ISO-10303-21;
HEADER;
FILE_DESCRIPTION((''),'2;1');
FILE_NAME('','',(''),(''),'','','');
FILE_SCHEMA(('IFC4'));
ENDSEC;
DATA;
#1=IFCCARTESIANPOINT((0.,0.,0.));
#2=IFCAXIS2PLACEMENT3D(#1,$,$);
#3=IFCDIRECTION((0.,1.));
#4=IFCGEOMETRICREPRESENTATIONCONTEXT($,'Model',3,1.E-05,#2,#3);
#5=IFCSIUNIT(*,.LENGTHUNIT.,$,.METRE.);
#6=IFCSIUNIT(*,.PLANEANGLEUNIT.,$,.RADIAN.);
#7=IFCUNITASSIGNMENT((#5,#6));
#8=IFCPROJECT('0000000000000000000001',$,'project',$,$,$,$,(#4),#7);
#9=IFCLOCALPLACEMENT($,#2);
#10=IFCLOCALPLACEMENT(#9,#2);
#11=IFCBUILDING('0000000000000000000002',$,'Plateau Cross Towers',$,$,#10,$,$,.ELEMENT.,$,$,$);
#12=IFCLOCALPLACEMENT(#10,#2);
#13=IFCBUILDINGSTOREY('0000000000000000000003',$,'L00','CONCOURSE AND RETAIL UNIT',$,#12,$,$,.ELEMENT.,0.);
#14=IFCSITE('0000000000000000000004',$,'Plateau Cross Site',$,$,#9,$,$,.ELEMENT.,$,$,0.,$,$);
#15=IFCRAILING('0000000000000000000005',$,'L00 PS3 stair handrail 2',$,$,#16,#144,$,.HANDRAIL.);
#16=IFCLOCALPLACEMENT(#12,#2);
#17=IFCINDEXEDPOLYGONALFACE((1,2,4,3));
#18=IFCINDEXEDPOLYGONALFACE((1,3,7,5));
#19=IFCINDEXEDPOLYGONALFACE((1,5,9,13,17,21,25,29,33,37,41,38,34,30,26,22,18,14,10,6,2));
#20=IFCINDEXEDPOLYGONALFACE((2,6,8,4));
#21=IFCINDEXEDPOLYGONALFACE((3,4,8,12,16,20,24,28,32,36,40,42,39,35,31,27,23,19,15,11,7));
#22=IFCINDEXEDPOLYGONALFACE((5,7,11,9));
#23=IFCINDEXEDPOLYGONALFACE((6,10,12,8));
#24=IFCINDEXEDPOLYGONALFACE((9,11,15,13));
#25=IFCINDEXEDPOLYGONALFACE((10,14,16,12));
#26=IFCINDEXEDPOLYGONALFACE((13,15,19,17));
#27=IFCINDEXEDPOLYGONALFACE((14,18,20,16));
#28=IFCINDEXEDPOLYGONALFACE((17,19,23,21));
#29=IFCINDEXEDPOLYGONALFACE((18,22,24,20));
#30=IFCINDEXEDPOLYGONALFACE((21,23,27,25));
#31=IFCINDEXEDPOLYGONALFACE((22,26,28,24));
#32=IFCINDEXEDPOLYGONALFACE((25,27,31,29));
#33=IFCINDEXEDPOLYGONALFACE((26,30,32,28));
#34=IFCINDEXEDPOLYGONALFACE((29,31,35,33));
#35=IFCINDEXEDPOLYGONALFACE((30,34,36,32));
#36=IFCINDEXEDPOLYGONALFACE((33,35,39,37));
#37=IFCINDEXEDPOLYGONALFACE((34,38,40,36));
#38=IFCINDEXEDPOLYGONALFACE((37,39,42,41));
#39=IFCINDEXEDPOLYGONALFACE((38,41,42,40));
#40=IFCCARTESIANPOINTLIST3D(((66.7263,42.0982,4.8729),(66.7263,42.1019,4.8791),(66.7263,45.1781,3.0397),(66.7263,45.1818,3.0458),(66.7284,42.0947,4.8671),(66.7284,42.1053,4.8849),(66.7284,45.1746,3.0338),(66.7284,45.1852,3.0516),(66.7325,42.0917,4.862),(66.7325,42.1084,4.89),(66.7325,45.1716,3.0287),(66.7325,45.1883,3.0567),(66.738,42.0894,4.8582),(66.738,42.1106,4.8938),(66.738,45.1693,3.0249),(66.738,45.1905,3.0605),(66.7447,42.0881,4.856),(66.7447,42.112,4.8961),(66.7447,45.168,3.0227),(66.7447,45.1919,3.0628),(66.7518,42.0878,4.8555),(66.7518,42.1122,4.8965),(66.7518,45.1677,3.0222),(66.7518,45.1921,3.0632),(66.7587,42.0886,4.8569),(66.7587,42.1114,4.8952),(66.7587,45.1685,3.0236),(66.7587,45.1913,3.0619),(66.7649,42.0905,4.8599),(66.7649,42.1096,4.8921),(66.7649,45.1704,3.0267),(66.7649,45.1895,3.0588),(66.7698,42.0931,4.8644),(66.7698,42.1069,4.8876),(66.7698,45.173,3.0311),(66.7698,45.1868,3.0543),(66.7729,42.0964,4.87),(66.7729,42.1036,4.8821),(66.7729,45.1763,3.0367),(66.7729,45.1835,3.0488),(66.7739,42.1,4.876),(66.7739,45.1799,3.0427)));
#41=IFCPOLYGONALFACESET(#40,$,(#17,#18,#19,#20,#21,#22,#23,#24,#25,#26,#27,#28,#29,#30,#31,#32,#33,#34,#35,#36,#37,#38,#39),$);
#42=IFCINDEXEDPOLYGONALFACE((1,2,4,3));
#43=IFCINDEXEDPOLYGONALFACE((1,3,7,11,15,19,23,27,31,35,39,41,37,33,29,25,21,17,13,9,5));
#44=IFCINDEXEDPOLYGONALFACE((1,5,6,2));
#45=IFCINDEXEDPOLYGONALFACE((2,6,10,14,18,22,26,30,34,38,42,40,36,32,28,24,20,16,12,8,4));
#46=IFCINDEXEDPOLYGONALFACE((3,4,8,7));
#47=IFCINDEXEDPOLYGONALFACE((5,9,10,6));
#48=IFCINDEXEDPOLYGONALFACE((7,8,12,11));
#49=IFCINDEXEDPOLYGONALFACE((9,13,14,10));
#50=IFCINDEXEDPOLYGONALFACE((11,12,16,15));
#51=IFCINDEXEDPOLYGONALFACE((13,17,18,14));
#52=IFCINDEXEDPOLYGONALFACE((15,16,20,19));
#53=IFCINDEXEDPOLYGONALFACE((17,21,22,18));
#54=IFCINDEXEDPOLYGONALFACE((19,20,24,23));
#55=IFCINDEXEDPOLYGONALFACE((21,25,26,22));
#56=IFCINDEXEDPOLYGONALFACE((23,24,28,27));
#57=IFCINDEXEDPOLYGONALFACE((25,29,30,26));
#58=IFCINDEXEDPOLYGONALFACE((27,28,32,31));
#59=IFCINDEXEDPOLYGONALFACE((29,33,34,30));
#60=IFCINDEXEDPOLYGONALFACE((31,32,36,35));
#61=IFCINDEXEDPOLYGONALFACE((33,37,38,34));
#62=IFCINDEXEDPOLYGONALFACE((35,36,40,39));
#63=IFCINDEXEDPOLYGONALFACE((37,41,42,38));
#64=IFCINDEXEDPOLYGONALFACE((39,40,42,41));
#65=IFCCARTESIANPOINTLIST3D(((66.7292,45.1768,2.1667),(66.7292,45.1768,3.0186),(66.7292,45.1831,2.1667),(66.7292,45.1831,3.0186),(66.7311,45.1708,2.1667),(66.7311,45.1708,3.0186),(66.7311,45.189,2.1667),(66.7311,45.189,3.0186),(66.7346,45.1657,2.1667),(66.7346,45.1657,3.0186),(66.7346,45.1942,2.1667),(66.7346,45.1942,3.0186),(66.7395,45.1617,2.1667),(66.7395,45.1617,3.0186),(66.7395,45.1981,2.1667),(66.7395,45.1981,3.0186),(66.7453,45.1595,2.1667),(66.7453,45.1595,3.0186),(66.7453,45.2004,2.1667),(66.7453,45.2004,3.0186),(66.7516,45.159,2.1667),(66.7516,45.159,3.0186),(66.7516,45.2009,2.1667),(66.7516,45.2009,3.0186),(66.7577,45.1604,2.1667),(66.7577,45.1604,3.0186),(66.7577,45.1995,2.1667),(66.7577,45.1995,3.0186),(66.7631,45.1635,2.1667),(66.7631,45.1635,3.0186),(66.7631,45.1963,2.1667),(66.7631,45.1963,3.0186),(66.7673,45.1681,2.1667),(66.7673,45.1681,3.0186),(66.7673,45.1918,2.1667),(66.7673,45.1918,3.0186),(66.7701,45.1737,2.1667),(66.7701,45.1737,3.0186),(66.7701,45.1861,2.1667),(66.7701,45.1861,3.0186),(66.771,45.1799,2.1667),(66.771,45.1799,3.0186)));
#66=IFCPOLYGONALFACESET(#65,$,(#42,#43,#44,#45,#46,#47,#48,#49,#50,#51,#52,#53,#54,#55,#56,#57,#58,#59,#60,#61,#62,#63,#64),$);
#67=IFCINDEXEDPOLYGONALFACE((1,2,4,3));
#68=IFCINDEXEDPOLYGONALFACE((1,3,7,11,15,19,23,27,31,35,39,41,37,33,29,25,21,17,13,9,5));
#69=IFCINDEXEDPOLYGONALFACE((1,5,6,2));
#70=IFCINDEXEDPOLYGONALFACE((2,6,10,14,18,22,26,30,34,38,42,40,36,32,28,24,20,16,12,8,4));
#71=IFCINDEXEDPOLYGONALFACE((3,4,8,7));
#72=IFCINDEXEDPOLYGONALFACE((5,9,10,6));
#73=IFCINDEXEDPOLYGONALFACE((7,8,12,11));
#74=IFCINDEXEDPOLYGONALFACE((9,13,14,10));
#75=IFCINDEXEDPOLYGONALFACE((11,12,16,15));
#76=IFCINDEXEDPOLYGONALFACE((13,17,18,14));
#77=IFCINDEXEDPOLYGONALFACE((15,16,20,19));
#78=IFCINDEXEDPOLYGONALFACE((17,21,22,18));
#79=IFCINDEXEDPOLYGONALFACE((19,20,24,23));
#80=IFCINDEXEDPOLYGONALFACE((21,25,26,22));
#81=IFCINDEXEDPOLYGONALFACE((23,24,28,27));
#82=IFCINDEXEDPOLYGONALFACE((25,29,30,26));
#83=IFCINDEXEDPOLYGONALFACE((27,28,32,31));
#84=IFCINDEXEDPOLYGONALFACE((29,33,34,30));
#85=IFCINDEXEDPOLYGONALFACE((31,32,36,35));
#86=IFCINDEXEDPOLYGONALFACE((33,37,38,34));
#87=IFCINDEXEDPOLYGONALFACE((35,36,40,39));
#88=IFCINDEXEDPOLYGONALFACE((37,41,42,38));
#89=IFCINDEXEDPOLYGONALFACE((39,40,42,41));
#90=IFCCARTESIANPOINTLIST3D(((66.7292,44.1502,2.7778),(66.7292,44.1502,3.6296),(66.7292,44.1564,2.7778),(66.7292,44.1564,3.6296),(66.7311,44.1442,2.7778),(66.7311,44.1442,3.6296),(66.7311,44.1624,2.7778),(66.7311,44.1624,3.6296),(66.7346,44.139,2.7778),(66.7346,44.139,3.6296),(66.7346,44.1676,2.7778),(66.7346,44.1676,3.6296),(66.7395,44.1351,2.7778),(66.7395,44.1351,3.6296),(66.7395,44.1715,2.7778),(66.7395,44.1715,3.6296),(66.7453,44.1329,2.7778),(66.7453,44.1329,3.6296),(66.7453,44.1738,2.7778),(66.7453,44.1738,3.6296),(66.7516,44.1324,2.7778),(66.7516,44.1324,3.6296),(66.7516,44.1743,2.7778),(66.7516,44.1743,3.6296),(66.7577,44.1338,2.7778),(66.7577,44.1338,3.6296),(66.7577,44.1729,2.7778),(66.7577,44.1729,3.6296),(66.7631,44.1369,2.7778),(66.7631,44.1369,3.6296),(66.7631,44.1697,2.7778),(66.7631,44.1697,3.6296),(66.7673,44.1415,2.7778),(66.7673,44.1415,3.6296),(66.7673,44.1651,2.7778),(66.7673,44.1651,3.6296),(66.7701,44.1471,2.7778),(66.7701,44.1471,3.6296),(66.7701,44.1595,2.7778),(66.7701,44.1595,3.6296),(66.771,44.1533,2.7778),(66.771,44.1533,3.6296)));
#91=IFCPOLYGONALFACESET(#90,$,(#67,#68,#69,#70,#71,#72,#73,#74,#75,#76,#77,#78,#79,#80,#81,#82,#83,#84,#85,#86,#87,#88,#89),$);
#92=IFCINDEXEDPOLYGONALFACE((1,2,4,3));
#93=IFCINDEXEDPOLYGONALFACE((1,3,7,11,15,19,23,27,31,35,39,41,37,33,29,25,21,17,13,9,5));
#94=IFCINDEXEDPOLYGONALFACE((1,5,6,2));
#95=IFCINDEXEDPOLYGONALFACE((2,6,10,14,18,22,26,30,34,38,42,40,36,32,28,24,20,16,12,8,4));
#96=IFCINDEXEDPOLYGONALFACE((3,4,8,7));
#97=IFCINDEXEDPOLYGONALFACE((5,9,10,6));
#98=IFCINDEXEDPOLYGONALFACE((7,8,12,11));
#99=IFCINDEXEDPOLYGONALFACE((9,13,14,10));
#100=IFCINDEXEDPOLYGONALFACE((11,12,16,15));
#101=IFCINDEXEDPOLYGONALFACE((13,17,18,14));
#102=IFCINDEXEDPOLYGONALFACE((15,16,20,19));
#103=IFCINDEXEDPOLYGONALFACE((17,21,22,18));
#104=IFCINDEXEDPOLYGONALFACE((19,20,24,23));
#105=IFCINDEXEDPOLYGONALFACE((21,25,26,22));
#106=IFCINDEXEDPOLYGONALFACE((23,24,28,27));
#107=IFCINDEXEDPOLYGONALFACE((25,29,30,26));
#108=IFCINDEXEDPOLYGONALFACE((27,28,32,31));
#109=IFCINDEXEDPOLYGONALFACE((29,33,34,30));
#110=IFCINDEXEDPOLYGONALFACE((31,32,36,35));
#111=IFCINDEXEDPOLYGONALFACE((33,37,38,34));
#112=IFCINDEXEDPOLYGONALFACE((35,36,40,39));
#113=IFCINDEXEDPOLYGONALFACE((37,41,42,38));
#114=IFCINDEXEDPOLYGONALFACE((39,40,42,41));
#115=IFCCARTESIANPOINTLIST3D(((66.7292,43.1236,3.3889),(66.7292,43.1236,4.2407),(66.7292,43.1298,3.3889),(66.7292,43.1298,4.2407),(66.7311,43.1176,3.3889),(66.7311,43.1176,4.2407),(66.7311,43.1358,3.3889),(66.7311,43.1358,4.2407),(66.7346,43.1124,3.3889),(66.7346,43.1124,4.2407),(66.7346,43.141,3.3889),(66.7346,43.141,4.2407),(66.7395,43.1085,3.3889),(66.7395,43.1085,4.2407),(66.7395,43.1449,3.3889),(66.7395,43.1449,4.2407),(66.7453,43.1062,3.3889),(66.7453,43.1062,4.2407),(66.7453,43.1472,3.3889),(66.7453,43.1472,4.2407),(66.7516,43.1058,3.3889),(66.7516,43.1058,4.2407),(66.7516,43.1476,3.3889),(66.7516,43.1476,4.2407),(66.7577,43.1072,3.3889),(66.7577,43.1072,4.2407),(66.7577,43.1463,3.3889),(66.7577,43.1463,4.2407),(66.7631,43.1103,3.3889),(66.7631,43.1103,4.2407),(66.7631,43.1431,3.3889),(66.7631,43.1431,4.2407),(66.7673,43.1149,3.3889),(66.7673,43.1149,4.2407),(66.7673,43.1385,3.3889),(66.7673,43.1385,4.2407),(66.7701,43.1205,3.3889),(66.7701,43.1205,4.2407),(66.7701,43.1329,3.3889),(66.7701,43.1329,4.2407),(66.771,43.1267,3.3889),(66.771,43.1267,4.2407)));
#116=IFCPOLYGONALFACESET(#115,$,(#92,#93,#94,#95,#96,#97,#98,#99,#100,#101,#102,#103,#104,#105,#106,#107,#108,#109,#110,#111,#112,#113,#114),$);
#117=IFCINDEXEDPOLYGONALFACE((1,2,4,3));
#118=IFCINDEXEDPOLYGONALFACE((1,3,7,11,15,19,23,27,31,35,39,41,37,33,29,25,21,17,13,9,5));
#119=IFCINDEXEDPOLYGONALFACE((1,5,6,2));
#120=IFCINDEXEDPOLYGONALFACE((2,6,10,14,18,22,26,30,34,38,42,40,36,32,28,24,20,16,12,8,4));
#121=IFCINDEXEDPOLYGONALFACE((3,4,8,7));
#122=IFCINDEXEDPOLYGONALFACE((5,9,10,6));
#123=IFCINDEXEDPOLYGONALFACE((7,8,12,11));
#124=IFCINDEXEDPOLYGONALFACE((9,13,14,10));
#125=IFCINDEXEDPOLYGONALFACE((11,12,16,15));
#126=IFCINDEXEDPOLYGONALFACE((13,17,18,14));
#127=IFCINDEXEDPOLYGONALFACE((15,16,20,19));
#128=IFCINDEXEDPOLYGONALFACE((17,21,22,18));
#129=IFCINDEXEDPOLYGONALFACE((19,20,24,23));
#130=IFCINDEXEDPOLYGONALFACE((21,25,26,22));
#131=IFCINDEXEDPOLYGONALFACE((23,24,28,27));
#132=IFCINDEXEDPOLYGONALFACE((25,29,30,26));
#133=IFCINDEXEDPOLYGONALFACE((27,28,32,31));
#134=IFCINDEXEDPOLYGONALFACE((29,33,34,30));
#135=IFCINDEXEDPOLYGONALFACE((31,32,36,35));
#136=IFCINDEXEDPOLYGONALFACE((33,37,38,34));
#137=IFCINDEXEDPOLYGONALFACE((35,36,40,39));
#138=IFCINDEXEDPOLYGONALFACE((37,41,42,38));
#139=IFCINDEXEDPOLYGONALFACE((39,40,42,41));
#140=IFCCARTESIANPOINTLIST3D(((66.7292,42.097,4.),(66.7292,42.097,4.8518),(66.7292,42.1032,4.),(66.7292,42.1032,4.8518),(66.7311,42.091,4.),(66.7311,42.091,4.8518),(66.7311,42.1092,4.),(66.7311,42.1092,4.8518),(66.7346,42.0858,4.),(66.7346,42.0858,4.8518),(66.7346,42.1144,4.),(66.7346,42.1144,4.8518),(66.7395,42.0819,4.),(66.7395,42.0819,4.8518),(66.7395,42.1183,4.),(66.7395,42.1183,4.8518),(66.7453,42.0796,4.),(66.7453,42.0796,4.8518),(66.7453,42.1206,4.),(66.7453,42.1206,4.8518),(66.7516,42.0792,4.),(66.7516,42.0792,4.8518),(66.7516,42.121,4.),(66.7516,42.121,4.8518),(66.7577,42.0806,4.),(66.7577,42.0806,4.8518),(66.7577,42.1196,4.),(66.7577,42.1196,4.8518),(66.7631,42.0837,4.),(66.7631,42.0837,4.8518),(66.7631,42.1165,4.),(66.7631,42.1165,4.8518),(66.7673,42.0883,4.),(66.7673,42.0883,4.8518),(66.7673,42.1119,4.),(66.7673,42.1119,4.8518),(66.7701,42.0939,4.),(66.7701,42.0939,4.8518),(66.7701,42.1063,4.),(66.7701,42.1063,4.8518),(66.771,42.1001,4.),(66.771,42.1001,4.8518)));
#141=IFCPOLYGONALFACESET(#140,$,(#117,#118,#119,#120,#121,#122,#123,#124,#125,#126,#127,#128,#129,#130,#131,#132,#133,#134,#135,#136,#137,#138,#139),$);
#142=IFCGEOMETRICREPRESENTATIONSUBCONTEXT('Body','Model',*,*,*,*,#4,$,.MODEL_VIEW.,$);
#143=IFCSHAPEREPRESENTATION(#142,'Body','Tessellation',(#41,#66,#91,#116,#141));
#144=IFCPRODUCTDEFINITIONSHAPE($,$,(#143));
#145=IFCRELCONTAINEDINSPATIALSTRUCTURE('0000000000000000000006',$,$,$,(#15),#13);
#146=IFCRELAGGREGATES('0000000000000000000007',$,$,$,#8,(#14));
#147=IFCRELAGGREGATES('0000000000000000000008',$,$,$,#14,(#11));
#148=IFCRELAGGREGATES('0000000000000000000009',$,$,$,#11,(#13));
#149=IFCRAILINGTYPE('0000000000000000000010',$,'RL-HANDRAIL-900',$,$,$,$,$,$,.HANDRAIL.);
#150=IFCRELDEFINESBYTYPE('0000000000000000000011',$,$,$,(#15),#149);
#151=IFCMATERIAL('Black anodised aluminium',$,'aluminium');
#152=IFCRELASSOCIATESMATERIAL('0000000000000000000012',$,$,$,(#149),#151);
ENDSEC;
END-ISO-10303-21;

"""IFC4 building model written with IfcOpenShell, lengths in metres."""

from ifc_helpers import new_model, si_unit, direction, frame, origin, origin_2d, place, context, subcontext, project, spatial, circle, extrude, material, type_object, element, save


model = new_model("IFC4")

# Units and contexts
model_context = context("Model", 3, precision=1e-05, world=origin(), true_north=direction((0.0, 1.0)))
body_context = subcontext(model_context, "Body", "Model", "MODEL_VIEW")
ifc_project = project(units=[si_unit("LENGTHUNIT", "METRE"), si_unit("PLANEANGLEUNIT", "RADIAN")], contexts=[model_context])

# Site, building, storey
site_placement = place(None, origin())
site = spatial("IfcSite", under=ifc_project, at=site_placement, Name="Plateau Cross Site", CompositionType="ELEMENT", RefElevation=0.0)
building_placement = place(site_placement, origin())
building = spatial("IfcBuilding", under=site, at=building_placement, Name="Plateau Cross Towers", CompositionType="ELEMENT")
storey_placement = place(building_placement, origin())
storey = spatial("IfcBuildingStorey", under=building, at=storey_placement, Name="L00", Description="CONCOURSE AND RETAIL UNIT", CompositionType="ELEMENT", Elevation=0.0)

# Railing
ifc_material_1 = material(Name="Black anodised aluminium", Category="aluminium")
railing_type_1 = type_object("IfcRailingType", Name="RL-HANDRAIL-900", PredefinedType="HANDRAIL", material=ifc_material_1)
railing_1_placement = place(storey_placement, frame((66.75, 45.1799, 2.1667)))
element("IfcRailing", 1, at=railing_1_placement, inside=storey, type_object=railing_type_1, Name="L00 PS3 stair handrail 2", PredefinedType="HANDRAIL", context=body_context, shape_type="SweptSolid", body=[
    extrude(circle(Radius=0.0239, at=origin_2d()), frame((0.0, 0.0, 0.876), z_axis=(0.0, -0.859291, 0.511487), x_axis=(1.0, 0.0, 0.0)), (0.0, 0.0, 1.0), 3.5842),
    extrude(circle(Radius=0.021, at=origin_2d()), origin(), (0.0, 0.0, 1.0), 0.8518),
    extrude(circle(Radius=0.021, at=origin_2d()), frame((0.0, -1.0266, 0.6111)), (0.0, 0.0, 1.0), 0.8518),
    extrude(circle(Radius=0.021, at=origin_2d()), frame((0.0, -2.0532, 1.2222)), (0.0, 0.0, 1.0), 0.8518),
    extrude(circle(Radius=0.021, at=origin_2d()), frame((0.0, -3.0798, 1.8333)), (0.0, 0.0, 1.0), 0.8518),
])

save(model, "model.ifc")
